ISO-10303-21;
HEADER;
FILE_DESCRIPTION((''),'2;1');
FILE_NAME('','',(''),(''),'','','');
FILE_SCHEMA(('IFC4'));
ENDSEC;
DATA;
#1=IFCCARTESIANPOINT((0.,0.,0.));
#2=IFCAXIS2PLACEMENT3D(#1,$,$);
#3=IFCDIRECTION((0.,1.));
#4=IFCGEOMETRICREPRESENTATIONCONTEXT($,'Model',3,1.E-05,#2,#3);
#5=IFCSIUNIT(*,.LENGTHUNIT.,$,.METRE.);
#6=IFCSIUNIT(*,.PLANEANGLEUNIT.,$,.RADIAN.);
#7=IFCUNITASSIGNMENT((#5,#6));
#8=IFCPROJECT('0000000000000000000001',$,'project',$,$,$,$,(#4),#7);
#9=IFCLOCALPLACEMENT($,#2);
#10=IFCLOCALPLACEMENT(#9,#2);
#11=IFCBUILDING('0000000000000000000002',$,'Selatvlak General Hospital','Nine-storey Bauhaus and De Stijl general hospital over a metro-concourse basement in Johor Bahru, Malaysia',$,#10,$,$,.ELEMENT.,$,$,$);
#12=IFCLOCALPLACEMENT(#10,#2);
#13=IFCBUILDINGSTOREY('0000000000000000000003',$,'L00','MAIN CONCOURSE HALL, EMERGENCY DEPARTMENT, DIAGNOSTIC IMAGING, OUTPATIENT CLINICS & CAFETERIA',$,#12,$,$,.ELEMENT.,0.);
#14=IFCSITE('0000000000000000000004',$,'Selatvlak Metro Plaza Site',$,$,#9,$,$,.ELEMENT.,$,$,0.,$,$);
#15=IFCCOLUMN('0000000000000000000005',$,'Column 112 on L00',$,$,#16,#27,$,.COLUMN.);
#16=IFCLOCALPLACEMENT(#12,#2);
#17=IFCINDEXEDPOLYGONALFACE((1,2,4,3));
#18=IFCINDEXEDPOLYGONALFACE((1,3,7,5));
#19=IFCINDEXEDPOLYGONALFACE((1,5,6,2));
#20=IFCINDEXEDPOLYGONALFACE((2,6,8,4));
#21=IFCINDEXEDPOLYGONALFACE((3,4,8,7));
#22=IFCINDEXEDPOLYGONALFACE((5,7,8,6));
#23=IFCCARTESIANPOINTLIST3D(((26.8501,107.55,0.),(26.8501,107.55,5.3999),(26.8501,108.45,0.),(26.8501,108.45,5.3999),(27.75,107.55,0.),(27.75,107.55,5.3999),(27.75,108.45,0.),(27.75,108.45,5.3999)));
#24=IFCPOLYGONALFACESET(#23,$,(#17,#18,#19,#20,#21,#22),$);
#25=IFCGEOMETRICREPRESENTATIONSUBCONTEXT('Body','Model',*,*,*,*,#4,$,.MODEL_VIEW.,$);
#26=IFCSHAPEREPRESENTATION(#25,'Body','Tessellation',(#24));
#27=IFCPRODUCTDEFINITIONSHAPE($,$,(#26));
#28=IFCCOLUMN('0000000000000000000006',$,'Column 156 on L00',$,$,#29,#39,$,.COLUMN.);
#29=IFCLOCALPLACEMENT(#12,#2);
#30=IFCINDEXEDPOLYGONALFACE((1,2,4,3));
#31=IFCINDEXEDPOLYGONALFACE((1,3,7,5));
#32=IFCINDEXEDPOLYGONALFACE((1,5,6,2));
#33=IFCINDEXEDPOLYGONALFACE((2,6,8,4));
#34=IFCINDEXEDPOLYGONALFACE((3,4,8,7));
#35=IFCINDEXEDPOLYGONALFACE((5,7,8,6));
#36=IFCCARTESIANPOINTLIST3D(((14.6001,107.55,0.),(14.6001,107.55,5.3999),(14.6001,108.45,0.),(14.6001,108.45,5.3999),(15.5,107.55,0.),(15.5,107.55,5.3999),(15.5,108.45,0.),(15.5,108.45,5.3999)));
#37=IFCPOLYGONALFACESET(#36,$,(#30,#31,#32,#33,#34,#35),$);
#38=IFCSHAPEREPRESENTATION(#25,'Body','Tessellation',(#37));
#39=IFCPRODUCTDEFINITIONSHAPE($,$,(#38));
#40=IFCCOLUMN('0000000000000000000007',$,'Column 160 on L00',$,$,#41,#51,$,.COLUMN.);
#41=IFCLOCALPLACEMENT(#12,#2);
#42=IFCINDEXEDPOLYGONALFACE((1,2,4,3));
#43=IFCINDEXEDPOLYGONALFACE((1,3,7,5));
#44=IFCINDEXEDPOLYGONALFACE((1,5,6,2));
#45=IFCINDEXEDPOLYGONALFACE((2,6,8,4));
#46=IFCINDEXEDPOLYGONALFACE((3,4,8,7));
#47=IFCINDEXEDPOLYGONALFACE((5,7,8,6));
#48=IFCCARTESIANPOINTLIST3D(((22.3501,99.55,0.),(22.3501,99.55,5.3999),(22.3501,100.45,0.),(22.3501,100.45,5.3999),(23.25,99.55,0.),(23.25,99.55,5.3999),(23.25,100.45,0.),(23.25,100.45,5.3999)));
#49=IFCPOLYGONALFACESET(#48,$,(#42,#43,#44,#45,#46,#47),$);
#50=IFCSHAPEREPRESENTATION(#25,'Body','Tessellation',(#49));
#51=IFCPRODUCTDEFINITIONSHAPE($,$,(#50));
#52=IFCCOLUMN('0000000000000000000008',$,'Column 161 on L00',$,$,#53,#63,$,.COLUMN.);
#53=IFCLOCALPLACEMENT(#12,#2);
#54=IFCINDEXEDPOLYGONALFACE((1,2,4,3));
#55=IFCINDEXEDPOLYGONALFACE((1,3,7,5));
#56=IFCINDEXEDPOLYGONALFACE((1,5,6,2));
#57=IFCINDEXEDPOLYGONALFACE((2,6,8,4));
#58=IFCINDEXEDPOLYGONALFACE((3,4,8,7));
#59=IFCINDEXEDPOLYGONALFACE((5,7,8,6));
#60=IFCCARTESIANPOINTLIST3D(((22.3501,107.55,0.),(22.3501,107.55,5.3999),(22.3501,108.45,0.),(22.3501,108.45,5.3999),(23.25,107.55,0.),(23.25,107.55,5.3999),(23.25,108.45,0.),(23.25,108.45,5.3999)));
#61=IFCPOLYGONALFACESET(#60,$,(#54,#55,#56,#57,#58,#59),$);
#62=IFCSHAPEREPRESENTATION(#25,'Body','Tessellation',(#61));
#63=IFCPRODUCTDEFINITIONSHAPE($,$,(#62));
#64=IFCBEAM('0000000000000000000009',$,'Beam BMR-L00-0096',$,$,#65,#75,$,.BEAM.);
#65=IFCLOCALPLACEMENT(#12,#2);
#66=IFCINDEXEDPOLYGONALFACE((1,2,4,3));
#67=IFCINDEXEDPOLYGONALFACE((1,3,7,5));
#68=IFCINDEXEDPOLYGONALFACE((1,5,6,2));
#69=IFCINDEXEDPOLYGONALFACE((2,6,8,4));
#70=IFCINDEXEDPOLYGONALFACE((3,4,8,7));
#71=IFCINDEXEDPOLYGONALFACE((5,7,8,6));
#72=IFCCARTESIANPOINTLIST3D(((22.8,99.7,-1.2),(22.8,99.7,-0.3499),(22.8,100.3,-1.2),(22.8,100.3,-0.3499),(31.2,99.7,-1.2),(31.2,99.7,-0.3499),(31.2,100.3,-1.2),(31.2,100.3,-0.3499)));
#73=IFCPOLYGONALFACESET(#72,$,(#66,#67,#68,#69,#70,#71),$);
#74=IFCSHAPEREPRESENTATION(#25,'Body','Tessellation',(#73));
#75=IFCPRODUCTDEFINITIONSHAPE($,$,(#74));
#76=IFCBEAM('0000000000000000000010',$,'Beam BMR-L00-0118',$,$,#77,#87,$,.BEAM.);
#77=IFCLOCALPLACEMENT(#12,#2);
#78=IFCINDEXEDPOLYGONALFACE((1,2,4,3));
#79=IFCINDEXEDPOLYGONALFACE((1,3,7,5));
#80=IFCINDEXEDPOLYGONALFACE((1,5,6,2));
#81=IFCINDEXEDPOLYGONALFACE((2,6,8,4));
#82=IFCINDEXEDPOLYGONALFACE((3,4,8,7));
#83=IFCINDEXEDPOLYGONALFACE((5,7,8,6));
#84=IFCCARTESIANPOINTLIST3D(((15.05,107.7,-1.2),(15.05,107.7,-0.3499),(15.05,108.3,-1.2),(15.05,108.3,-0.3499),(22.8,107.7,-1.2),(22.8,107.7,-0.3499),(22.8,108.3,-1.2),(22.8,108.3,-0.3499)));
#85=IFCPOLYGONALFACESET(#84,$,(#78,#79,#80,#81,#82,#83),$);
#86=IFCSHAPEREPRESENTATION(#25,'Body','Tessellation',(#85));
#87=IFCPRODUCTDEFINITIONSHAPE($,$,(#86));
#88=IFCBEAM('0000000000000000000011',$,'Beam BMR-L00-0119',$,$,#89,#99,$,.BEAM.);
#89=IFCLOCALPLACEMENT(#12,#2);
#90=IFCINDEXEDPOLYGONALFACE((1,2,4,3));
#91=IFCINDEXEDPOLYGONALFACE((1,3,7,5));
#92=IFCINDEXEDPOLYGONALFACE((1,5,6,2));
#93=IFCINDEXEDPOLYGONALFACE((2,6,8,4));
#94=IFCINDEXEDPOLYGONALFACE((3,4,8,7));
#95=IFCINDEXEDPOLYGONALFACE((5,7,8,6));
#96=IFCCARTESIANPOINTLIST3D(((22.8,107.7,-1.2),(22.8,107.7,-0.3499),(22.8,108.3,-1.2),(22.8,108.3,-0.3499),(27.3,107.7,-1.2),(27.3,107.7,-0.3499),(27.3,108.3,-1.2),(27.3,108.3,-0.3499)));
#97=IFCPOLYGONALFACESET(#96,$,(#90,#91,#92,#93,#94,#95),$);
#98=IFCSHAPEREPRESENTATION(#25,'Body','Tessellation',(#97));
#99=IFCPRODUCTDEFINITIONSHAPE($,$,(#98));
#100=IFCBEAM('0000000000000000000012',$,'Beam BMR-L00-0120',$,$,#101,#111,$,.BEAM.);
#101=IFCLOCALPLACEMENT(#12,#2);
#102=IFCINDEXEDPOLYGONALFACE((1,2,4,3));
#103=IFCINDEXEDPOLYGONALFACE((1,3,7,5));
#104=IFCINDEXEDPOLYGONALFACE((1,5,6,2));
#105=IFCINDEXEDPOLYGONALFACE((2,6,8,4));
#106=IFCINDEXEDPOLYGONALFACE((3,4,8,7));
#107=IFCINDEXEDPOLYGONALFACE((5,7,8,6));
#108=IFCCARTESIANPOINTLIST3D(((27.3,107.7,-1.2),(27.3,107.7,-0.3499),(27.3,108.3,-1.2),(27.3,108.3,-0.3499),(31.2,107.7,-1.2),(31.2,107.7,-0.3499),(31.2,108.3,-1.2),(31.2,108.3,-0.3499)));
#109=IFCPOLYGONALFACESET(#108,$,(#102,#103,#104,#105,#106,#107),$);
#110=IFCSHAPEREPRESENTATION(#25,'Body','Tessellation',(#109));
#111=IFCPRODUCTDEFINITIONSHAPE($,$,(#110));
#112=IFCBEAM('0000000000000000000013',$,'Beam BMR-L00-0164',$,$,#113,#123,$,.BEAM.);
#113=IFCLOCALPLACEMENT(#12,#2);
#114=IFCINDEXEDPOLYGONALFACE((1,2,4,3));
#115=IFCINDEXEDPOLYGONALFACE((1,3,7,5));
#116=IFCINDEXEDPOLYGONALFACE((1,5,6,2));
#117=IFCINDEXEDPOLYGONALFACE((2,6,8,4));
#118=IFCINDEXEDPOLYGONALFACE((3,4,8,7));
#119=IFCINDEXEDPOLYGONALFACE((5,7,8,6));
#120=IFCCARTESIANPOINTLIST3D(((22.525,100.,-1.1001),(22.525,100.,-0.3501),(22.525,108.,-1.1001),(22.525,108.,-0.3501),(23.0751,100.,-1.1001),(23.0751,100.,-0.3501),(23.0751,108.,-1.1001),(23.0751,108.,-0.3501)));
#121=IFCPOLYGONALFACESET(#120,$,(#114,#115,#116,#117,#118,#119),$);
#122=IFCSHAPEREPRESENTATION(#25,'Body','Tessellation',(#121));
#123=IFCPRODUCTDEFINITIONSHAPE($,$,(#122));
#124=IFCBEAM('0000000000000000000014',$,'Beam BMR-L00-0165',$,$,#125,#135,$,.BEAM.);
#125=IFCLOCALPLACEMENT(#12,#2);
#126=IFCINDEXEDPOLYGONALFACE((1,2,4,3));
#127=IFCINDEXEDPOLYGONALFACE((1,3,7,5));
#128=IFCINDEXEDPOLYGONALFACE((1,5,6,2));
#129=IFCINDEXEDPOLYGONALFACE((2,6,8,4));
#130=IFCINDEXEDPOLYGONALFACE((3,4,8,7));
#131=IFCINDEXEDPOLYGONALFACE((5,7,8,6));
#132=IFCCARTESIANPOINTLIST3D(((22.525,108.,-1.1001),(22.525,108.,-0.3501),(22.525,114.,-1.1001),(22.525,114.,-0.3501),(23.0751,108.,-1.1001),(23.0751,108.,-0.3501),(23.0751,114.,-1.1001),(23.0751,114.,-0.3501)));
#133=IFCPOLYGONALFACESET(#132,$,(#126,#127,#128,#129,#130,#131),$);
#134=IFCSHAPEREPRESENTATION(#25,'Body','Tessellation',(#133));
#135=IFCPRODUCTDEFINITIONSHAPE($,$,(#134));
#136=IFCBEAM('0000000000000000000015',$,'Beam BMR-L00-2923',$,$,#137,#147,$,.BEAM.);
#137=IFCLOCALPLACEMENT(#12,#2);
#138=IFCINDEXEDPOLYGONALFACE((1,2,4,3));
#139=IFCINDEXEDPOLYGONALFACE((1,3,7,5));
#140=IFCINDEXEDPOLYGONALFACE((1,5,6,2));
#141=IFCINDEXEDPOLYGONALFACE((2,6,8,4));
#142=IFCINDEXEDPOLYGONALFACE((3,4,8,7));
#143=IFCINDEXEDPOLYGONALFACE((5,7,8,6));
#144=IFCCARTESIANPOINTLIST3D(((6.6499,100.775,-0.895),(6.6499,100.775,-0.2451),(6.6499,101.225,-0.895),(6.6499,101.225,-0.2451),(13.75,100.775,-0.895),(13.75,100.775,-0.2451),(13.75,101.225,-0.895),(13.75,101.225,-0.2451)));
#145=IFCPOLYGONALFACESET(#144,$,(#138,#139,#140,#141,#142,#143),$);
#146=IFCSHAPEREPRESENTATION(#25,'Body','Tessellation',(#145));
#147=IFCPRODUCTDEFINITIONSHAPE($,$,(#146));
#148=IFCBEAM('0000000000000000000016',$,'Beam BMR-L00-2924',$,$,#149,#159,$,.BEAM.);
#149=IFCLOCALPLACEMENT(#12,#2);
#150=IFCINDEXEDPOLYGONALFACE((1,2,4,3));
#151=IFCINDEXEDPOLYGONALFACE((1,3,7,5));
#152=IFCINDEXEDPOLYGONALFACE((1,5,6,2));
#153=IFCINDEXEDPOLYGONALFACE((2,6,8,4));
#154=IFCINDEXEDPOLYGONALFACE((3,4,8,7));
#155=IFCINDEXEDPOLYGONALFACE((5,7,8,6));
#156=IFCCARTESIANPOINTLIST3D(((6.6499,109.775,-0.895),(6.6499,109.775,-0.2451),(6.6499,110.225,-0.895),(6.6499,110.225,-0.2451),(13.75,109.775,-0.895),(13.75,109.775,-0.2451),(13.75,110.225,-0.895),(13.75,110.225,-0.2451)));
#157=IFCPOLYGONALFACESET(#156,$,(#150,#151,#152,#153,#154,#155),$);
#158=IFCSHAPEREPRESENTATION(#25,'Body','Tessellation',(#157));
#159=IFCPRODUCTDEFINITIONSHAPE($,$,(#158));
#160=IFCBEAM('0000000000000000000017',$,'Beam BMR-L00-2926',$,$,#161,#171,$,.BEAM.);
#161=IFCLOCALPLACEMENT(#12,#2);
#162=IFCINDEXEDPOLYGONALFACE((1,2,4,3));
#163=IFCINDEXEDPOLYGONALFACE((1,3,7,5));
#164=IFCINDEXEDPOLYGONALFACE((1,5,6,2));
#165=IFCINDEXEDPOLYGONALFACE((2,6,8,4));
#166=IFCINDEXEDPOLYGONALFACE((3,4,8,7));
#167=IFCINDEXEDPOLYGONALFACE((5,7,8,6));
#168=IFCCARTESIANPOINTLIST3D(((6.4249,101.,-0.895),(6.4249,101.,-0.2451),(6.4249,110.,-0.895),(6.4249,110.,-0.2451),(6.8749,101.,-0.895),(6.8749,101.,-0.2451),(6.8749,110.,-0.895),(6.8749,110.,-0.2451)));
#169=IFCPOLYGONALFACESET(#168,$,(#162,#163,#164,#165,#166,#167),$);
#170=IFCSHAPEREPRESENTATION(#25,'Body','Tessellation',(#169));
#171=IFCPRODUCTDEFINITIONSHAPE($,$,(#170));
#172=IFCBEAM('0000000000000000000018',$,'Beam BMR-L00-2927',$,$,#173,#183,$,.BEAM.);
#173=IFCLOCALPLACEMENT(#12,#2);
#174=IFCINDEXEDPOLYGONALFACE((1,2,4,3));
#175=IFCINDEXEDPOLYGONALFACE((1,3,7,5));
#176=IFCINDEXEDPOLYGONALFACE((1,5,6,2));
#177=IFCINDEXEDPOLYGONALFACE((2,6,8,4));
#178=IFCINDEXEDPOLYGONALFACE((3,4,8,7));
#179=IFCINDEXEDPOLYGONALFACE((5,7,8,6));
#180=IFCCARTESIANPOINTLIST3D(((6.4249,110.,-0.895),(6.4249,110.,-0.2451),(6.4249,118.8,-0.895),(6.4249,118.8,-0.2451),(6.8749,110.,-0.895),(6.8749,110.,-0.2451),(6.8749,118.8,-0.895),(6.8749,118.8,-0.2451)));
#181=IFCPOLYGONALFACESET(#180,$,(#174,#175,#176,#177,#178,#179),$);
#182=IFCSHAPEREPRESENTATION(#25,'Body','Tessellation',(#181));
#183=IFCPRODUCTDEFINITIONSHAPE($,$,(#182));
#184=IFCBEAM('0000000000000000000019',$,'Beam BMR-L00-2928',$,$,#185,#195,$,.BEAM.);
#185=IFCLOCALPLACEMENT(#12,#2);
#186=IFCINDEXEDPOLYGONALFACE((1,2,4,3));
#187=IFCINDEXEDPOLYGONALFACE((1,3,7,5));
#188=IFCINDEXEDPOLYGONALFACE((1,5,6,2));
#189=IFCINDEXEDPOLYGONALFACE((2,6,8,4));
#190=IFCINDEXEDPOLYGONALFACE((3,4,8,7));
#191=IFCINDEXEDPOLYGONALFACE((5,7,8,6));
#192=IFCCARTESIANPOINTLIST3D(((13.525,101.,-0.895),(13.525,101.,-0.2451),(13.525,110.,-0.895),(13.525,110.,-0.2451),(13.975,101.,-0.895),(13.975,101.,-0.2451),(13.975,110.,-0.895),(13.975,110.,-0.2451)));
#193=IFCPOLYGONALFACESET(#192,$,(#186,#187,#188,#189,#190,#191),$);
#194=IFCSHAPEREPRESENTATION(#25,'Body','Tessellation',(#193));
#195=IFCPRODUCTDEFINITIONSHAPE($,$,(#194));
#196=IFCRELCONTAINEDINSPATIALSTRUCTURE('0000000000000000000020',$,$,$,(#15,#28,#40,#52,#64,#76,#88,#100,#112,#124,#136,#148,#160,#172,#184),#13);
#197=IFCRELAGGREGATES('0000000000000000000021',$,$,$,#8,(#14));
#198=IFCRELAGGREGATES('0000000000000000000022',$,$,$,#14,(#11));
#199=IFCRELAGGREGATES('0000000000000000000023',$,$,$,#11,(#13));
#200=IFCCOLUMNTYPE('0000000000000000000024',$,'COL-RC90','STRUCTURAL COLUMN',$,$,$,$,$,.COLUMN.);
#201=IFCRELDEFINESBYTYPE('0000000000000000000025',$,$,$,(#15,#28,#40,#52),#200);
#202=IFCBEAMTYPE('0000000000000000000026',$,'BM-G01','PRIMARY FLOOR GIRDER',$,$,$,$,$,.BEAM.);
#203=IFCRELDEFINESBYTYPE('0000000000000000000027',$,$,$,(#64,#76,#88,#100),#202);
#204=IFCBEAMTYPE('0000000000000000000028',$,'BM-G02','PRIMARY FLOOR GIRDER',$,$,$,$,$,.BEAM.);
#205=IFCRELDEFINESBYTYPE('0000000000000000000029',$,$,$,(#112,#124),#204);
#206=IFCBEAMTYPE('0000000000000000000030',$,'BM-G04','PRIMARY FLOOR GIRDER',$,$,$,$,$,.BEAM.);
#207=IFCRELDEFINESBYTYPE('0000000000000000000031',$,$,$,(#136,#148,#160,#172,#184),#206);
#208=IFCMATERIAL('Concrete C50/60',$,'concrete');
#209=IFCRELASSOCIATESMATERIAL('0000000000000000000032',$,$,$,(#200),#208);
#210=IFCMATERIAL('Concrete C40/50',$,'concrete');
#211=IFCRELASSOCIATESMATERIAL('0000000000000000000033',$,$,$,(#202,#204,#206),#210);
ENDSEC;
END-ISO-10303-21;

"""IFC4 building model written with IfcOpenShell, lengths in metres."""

from ifc_helpers import new_model, si_unit, direction, frame, origin, origin_2d, place, context, subcontext, project, spatial, rectangle, extrude, material, material_profile, profile_set, type_object, element, save


model = new_model("IFC4")

# Units and contexts
model_context = context("Model", 3, precision=1e-05, world=origin(), true_north=direction((0.0, 1.0)))
body_context = subcontext(model_context, "Body", "Model", "MODEL_VIEW")
ifc_project = project(units=[si_unit("LENGTHUNIT", "METRE"), si_unit("PLANEANGLEUNIT", "RADIAN")], contexts=[model_context])

# Site, building, storey
site_placement = place(None, origin())
site = spatial("IfcSite", under=ifc_project, at=site_placement, Name="Selatvlak Metro Plaza Site", CompositionType="ELEMENT", RefElevation=0.0)
building_placement = place(site_placement, origin())
building = spatial("IfcBuilding", under=site, at=building_placement, Name="Selatvlak General Hospital", Description="Nine-storey Bauhaus and De Stijl general hospital over a metro-concourse basement in Johor Bahru, Malaysia", CompositionType="ELEMENT")
storey_placement = place(building_placement, origin())
storey = spatial("IfcBuildingStorey", under=building, at=storey_placement, Name="L00", Description="MAIN CONCOURSE HALL, EMERGENCY DEPARTMENT, DIAGNOSTIC IMAGING, OUTPATIENT CLINICS & CAFETERIA", CompositionType="ELEMENT", Elevation=0.0)

# Columns
ifc_material_1 = material(Name="Concrete C50/60", Category="concrete")
ifc_material_profile_1 = material_profile(ifc_material_1, rectangle(XDim=0.8999, YDim=0.8999, at=origin_2d()), Name="RC-COL 900x900")
ifc_profile_set_1 = profile_set([ifc_material_profile_1], Name="Concrete C50/60")
column_type = type_object("IfcColumnType", Name="COL-RC90", Description="STRUCTURAL COLUMN", PredefinedType="COLUMN", material=ifc_profile_set_1)
for number, where, z_axis, x_axis, name in (
    (1, (27.3, 108.0, 0.0), (0.0, 0.0, 1.0), (1.0, 0.0, 0.0), "Column 112 on L00"),
    (2, (15.05, 108.0, 0.0), (0.0, 0.0, 1.0), (1.0, 0.0, 0.0), "Column 156 on L00"),
    (3, (22.8, 100.0, 0.0), (0.0, 0.0, 1.0), (1.0, 0.0, 0.0), "Column 160 on L00"),
    (4, (22.8, 108.0, 0.0), (0.0, 0.0, 1.0), (1.0, 0.0, 0.0), "Column 161 on L00"),
):
    element("IfcColumn", number, at=place(storey_placement, frame(where, z_axis=z_axis, x_axis=x_axis)), inside=storey, type_object=column_type, Name=name, PredefinedType="COLUMN", context=body_context, shape_type="SweptSolid", body=[
        extrude(rectangle(XDim=0.8999, YDim=0.8999, at=origin_2d()), origin(), (0.0, 0.0, 1.0), 5.3999),
    ])

# Beams
ifc_material_2 = material(Name="Concrete C40/50", Category="concrete")
ifc_material_profile_2 = material_profile(ifc_material_2, rectangle(XDim=0.6001, YDim=0.8501, at=origin_2d()), Name="RC-BM 600x850")
ifc_profile_set_2 = profile_set([ifc_material_profile_2], Name="Concrete C40/50")
beam_type_1 = type_object("IfcBeamType", Name="BM-G01", Description="PRIMARY FLOOR GIRDER", PredefinedType="BEAM", material=ifc_profile_set_2)
beam_1_placement = place(storey_placement, frame((22.8, 100.0, -0.7749), z_axis=(1.0, 0.0, 0.0), x_axis=(0.0, 1.0, 0.0)))
element("IfcBeam", 5, at=beam_1_placement, inside=storey, type_object=beam_type_1, Name="Beam BMR-L00-0096", PredefinedType="BEAM", context=body_context, shape_type="SweptSolid", body=[
    extrude(rectangle(XDim=0.6001, YDim=0.8501, at=origin_2d()), origin(), (0.0, 0.0, 1.0), 8.3999),
])
beam_2_placement = place(storey_placement, frame((15.05, 108.0, -0.7749), z_axis=(1.0, 0.0, 0.0), x_axis=(0.0, 1.0, 0.0)))
element("IfcBeam", 6, at=beam_2_placement, inside=storey, type_object=beam_type_1, Name="Beam BMR-L00-0118", PredefinedType="BEAM", context=body_context, shape_type="SweptSolid", body=[
    extrude(rectangle(XDim=0.6001, YDim=0.8501, at=origin_2d()), origin(), (0.0, 0.0, 1.0), 7.75),
])
beam_3_placement = place(storey_placement, frame((22.8, 108.0, -0.7749), z_axis=(1.0, 0.0, 0.0), x_axis=(0.0, 1.0, 0.0)))
element("IfcBeam", 7, at=beam_3_placement, inside=storey, type_object=beam_type_1, Name="Beam BMR-L00-0119", PredefinedType="BEAM", context=body_context, shape_type="SweptSolid", body=[
    extrude(rectangle(XDim=0.6001, YDim=0.8501, at=origin_2d()), origin(), (0.0, 0.0, 1.0), 4.5),
])
beam_4_placement = place(storey_placement, frame((27.3, 108.0, -0.7749), z_axis=(1.0, 0.0, 0.0), x_axis=(0.0, 1.0, 0.0)))
element("IfcBeam", 8, at=beam_4_placement, inside=storey, type_object=beam_type_1, Name="Beam BMR-L00-0120", PredefinedType="BEAM", context=body_context, shape_type="SweptSolid", body=[
    extrude(rectangle(XDim=0.6001, YDim=0.8501, at=origin_2d()), origin(), (0.0, 0.0, 1.0), 3.8999),
])
ifc_material_profile_3 = material_profile(ifc_material_2, rectangle(XDim=0.55, YDim=0.75, at=origin_2d()), Name="RC-BM 550x750")
ifc_profile_set_3 = profile_set([ifc_material_profile_3], Name="Concrete C40/50")
beam_type_2 = type_object("IfcBeamType", Name="BM-G02", Description="PRIMARY FLOOR GIRDER", PredefinedType="BEAM", material=ifc_profile_set_3)
beam_5_placement = place(storey_placement, frame((22.8, 100.0, -0.7251), z_axis=(0.0, 1.0, 0.0), x_axis=(-1.0, 0.0, 0.0)))
element("IfcBeam", 9, at=beam_5_placement, inside=storey, type_object=beam_type_2, Name="Beam BMR-L00-0164", PredefinedType="BEAM", context=body_context, shape_type="SweptSolid", body=[
    extrude(rectangle(XDim=0.55, YDim=0.75, at=origin_2d()), origin(), (0.0, 0.0, 1.0), 8.0),
])
beam_6_placement = place(storey_placement, frame((22.8, 108.0, -0.7251), z_axis=(0.0, 1.0, 0.0), x_axis=(-1.0, 0.0, 0.0)))
element("IfcBeam", 10, at=beam_6_placement, inside=storey, type_object=beam_type_2, Name="Beam BMR-L00-0165", PredefinedType="BEAM", context=body_context, shape_type="SweptSolid", body=[
    extrude(rectangle(XDim=0.55, YDim=0.75, at=origin_2d()), origin(), (0.0, 0.0, 1.0), 6.0),
])
ifc_material_profile_4 = material_profile(ifc_material_2, rectangle(XDim=0.45, YDim=0.6499, at=origin_2d()), Name="RC-BM 450x650")
ifc_profile_set_4 = profile_set([ifc_material_profile_4], Name="Concrete C40/50")
beam_type_3 = type_object("IfcBeamType", Name="BM-G04", Description="PRIMARY FLOOR GIRDER", PredefinedType="BEAM", material=ifc_profile_set_4)
for number, where, z_axis, x_axis, name in (
    (11, (6.6499, 101.0, -0.5701), (1.0, 0.0, 0.0), (0.0, 1.0, 0.0), "Beam BMR-L00-2923"),
    (12, (6.6499, 110.0, -0.5701), (1.0, 0.0, 0.0), (0.0, 1.0, 0.0), "Beam BMR-L00-2924"),
):
    element("IfcBeam", number, at=place(storey_placement, frame(where, z_axis=z_axis, x_axis=x_axis)), inside=storey, type_object=beam_type_3, Name=name, PredefinedType="BEAM", context=body_context, shape_type="SweptSolid", body=[
        extrude(rectangle(XDim=0.45, YDim=0.6499, at=origin_2d()), origin(), (0.0, 0.0, 1.0), 7.1001),
    ])
beam_7_placement = place(storey_placement, frame((6.6499, 101.0, -0.5701), z_axis=(0.0, 1.0, 0.0), x_axis=(-1.0, 0.0, 0.0)))
element("IfcBeam", 13, at=beam_7_placement, inside=storey, type_object=beam_type_3, Name="Beam BMR-L00-2926", PredefinedType="BEAM", context=body_context, shape_type="SweptSolid", body=[
    extrude(rectangle(XDim=0.45, YDim=0.6499, at=origin_2d()), origin(), (0.0, 0.0, 1.0), 9.0),
])
beam_8_placement = place(storey_placement, frame((6.6499, 110.0, -0.5701), z_axis=(0.0, 1.0, 0.0), x_axis=(-1.0, 0.0, 0.0)))
element("IfcBeam", 14, at=beam_8_placement, inside=storey, type_object=beam_type_3, Name="Beam BMR-L00-2927", PredefinedType="BEAM", context=body_context, shape_type="SweptSolid", body=[
    extrude(rectangle(XDim=0.45, YDim=0.6499, at=origin_2d()), origin(), (0.0, 0.0, 1.0), 8.8),
])
beam_9_placement = place(storey_placement, frame((13.75, 101.0, -0.5701), z_axis=(0.0, 1.0, 0.0), x_axis=(-1.0, 0.0, 0.0)))
element("IfcBeam", 15, at=beam_9_placement, inside=storey, type_object=beam_type_3, Name="Beam BMR-L00-2928", PredefinedType="BEAM", context=body_context, shape_type="SweptSolid", body=[
    extrude(rectangle(XDim=0.45, YDim=0.6499, at=origin_2d()), origin(), (0.0, 0.0, 1.0), 9.0),
])

save(model, "model.ifc")
